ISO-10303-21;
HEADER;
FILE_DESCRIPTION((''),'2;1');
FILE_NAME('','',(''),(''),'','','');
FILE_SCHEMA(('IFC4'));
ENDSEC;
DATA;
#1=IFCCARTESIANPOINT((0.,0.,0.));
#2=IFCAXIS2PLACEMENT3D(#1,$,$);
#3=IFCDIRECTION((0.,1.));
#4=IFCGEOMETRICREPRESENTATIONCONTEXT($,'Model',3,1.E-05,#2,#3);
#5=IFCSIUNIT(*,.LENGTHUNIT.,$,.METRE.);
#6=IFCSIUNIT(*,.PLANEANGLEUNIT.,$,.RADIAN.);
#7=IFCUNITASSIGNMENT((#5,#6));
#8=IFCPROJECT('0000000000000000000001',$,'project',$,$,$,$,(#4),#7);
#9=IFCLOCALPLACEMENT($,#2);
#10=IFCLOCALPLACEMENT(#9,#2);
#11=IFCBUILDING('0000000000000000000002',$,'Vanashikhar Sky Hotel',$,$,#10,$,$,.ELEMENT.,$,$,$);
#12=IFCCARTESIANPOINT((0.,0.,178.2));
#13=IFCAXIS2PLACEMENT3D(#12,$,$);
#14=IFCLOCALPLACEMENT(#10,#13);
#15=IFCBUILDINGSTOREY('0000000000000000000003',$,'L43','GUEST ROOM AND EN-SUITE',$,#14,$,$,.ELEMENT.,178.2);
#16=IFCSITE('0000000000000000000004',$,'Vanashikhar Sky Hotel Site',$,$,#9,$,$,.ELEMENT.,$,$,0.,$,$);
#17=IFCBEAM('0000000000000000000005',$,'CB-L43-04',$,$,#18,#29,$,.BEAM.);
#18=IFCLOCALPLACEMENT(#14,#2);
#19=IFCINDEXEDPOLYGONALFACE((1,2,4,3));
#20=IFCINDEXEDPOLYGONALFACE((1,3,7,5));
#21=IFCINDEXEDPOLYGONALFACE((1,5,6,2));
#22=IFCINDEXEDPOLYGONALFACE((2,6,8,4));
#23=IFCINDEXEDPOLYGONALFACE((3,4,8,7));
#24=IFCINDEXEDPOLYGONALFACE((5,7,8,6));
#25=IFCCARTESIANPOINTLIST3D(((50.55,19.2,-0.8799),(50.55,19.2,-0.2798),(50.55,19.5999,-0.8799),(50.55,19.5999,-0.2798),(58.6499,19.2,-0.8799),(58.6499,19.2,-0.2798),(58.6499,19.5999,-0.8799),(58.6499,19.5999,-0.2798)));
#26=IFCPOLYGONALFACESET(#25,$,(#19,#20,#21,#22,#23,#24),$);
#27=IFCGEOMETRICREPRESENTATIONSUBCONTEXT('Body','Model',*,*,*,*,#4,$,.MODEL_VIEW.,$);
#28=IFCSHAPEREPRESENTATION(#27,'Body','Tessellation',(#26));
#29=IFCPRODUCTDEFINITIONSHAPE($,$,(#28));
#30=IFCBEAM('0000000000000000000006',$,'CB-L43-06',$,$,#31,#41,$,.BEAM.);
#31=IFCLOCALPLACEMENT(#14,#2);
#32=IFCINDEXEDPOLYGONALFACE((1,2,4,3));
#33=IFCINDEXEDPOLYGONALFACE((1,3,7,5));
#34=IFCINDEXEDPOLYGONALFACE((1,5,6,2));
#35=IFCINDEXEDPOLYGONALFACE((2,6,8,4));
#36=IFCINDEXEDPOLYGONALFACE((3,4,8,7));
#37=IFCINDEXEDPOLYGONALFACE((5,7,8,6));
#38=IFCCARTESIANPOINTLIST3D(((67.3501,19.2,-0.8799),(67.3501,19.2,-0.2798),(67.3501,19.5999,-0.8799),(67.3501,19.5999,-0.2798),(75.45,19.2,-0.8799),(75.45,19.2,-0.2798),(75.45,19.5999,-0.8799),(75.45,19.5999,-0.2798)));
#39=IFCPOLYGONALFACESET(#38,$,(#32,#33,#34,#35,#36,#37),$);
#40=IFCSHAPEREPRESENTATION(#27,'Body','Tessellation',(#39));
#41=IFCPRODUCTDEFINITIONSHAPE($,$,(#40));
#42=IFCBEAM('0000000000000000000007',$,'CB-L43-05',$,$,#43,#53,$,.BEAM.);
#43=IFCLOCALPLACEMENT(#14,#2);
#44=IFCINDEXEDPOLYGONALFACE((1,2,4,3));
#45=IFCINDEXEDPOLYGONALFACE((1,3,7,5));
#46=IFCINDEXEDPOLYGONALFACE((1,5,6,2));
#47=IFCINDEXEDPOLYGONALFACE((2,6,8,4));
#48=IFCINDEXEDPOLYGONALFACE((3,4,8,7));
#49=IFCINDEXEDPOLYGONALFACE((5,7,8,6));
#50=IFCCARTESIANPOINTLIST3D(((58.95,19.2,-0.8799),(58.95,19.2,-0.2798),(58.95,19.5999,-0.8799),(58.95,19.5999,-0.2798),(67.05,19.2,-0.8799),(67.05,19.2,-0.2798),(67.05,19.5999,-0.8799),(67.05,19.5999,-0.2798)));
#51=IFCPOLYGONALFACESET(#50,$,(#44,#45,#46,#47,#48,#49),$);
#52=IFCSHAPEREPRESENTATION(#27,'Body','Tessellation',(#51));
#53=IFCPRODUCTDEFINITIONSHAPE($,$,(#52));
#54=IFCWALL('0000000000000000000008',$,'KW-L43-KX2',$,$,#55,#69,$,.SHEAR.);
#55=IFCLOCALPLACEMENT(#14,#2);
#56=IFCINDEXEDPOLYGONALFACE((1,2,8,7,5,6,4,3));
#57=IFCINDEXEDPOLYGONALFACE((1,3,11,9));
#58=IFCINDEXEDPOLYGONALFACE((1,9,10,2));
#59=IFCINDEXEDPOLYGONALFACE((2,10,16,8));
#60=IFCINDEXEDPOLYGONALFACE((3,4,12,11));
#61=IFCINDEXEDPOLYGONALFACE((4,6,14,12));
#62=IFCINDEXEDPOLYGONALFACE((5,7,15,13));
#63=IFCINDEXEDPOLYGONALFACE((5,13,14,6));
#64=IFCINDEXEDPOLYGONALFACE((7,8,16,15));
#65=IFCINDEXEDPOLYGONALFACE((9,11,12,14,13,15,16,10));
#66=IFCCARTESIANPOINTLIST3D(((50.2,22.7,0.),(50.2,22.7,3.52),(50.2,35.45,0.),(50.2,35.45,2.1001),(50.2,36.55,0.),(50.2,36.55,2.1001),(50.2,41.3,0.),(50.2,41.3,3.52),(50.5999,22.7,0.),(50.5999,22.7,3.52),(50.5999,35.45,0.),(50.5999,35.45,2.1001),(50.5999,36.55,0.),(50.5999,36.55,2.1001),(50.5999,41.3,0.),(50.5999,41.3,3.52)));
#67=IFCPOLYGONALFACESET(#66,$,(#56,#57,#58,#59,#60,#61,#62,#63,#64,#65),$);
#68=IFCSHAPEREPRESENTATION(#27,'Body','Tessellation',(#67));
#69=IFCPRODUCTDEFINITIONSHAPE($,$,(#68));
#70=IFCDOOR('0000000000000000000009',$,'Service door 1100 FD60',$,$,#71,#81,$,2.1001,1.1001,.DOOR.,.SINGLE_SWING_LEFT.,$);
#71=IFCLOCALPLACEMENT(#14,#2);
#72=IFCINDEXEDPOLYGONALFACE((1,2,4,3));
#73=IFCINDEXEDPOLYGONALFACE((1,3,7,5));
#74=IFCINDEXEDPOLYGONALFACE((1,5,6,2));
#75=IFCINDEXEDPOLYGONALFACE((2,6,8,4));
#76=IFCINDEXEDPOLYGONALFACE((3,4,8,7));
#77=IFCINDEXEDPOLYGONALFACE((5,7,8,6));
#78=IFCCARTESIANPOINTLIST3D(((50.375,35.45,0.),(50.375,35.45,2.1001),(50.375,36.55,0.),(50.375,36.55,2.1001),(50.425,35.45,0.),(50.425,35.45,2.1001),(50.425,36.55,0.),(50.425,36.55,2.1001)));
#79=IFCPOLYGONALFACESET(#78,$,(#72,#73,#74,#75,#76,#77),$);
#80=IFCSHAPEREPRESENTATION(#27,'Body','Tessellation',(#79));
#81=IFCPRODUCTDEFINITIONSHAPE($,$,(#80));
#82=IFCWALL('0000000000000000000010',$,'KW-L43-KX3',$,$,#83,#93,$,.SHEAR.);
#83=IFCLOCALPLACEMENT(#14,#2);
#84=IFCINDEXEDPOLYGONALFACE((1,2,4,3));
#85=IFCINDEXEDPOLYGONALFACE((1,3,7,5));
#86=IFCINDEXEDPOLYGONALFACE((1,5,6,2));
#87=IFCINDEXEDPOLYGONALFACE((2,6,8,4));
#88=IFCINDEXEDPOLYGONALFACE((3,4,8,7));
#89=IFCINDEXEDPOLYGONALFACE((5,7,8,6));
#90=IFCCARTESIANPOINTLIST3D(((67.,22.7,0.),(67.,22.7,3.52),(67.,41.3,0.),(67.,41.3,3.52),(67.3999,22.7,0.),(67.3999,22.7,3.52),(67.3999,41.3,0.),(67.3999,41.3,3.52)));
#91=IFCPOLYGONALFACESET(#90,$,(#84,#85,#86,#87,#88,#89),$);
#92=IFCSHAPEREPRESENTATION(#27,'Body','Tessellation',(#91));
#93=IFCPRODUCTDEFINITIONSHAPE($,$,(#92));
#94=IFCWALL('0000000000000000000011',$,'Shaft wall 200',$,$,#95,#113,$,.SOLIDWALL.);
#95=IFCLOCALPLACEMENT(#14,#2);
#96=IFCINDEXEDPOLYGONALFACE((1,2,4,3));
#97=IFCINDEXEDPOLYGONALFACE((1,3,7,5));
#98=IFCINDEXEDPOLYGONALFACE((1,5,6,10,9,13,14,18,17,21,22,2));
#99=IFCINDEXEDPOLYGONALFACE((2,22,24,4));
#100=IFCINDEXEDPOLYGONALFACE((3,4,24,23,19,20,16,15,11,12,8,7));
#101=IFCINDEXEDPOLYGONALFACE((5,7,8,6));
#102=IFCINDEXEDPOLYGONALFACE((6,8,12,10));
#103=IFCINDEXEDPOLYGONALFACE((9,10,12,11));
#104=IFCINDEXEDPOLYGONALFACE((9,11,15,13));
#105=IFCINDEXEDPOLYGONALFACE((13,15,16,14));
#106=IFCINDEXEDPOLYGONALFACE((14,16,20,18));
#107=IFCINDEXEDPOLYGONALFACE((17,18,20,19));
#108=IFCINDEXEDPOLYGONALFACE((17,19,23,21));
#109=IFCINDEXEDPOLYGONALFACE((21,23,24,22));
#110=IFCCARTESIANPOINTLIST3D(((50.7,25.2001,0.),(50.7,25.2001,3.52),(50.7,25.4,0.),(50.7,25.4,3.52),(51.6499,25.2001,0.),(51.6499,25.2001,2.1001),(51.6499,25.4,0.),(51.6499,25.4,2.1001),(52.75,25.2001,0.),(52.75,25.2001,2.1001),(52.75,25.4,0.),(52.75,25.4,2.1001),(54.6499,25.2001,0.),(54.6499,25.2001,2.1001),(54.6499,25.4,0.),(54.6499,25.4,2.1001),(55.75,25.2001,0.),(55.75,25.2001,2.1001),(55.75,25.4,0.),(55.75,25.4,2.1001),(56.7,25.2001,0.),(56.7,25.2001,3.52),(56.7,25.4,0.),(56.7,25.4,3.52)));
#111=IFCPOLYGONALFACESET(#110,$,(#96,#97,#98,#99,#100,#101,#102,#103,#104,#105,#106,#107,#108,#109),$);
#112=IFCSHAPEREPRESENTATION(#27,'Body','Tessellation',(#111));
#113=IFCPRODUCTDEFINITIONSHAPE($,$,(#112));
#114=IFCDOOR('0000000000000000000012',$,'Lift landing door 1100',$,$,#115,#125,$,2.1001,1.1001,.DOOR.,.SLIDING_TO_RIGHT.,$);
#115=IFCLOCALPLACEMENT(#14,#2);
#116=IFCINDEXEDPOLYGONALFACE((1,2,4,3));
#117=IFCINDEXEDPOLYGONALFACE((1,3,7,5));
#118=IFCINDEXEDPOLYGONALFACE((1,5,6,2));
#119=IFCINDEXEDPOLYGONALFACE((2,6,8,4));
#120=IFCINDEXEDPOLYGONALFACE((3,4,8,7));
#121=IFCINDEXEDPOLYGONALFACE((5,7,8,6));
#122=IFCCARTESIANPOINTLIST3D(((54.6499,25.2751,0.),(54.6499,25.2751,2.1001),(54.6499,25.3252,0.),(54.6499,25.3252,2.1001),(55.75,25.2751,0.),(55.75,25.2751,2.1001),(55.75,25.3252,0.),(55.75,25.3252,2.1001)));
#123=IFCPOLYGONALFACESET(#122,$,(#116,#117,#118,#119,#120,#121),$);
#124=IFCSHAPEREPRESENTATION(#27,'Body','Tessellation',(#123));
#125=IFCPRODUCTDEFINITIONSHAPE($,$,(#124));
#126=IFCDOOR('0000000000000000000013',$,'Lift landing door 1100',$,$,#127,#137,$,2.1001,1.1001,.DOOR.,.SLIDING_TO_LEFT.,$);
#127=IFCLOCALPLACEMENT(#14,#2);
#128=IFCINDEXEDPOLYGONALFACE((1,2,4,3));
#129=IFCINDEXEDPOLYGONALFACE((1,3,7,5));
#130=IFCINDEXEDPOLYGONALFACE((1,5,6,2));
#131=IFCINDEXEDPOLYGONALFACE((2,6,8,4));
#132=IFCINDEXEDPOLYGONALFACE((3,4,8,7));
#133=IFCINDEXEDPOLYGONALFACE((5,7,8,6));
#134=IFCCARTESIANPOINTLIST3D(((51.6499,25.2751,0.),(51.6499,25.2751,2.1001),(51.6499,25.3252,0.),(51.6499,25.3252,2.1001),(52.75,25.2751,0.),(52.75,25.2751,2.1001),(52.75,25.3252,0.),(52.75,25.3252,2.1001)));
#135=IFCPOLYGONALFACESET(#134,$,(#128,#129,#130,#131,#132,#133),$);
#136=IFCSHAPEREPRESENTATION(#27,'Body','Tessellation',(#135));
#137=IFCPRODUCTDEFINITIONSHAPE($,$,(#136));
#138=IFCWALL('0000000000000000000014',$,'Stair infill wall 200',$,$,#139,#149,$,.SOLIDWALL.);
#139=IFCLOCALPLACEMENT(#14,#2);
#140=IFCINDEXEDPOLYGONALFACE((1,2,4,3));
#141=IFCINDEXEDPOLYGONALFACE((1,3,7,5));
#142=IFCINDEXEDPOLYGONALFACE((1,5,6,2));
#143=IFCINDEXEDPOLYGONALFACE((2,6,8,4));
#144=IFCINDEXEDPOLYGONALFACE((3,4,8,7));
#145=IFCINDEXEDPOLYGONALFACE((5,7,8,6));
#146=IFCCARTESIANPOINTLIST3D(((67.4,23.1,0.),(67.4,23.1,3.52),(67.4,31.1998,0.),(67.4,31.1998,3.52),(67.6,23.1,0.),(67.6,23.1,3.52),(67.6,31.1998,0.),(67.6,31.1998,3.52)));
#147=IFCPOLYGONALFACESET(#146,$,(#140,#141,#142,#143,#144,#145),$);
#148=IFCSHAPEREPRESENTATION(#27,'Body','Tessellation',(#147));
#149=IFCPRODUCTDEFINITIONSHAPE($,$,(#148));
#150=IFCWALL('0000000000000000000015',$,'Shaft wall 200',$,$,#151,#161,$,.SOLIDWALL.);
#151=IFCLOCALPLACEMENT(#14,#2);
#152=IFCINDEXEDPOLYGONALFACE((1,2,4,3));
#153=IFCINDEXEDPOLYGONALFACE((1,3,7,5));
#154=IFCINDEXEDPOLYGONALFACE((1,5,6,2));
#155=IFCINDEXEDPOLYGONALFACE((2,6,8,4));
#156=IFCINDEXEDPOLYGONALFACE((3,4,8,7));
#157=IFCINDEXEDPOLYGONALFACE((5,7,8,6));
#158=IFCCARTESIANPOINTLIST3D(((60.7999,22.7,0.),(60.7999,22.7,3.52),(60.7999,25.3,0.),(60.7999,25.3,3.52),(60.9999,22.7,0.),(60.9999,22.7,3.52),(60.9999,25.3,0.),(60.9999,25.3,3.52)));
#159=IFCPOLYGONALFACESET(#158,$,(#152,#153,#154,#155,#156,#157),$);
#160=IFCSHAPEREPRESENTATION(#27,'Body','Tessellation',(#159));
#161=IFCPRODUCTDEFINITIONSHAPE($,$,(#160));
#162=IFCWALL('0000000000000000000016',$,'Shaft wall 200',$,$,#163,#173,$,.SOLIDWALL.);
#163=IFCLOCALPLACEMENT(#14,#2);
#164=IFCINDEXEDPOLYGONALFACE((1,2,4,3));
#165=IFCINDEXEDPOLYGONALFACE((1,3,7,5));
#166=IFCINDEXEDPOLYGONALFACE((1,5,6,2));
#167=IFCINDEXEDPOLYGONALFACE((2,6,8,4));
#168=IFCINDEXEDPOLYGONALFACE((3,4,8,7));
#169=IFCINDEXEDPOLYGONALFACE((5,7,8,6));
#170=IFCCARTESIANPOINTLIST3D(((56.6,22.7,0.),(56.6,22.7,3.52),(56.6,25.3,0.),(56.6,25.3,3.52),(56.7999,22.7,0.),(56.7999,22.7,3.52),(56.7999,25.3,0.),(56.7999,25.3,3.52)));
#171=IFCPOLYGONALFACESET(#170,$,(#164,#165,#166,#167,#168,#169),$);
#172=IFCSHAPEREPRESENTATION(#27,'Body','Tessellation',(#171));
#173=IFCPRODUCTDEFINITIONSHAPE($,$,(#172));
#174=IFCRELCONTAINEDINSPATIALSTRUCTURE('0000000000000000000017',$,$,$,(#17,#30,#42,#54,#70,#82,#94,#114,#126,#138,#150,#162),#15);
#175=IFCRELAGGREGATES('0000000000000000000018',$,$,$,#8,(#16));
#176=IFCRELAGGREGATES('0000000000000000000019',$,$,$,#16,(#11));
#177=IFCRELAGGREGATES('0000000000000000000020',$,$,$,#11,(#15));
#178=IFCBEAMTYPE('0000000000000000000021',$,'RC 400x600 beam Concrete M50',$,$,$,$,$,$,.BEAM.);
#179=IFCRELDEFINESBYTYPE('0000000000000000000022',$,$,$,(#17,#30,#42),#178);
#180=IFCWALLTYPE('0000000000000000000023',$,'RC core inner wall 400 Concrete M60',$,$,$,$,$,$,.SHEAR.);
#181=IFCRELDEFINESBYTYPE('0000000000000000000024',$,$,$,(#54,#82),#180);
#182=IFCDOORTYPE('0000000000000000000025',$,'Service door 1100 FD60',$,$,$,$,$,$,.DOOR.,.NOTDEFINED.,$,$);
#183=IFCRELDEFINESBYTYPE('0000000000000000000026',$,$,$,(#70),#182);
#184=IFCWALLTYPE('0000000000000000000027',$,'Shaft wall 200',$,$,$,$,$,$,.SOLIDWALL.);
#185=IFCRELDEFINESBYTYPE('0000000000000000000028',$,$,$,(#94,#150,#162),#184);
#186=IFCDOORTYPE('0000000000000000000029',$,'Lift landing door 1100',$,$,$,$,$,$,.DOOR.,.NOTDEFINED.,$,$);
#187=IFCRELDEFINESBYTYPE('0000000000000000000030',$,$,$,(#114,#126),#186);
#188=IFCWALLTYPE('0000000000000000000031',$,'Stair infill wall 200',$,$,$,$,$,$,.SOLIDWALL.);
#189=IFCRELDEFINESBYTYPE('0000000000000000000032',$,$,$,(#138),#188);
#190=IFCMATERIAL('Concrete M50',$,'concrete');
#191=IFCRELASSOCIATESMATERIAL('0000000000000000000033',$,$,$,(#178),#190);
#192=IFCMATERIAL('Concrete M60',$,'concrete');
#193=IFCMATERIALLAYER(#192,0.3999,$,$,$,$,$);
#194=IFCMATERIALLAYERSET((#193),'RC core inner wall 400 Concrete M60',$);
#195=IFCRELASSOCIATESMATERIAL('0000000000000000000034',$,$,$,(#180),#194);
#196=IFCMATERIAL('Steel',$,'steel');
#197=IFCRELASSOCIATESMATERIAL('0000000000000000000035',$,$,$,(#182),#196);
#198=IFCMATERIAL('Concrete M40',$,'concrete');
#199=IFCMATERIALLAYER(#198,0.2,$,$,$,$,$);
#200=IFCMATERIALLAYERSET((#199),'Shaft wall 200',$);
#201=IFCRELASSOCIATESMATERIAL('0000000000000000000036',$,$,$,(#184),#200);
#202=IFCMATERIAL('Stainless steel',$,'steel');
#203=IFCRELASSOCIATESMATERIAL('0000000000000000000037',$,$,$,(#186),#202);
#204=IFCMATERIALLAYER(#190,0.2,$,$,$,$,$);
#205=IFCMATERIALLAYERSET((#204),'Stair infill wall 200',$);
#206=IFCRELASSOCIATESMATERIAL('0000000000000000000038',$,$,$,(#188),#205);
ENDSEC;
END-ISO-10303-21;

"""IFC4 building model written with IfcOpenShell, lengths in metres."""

from ifc_helpers import new_model, si_unit, direction, frame, frame_2d, origin, origin_2d, place, context, subcontext, project, spatial, rectangle, extrude, source, transform, mapped, material, layer, layer_set, material_profile, profile_set, type_object, element, fill, save


model = new_model("IFC4")

# Units and contexts
model_context = context("Model", 3, precision=1e-05, world=origin(), true_north=direction((0.0, 1.0)))
body_context = subcontext(model_context, "Body", "Model", "MODEL_VIEW")
ifc_project = project(units=[si_unit("LENGTHUNIT", "METRE"), si_unit("PLANEANGLEUNIT", "RADIAN")], contexts=[model_context])

# Site, building, storey
site_placement = place(None, origin())
site = spatial("IfcSite", under=ifc_project, at=site_placement, Name="Vanashikhar Sky Hotel Site", CompositionType="ELEMENT", RefElevation=0.0)
building_placement = place(site_placement, origin())
building = spatial("IfcBuilding", under=site, at=building_placement, Name="Vanashikhar Sky Hotel", CompositionType="ELEMENT")
storey_placement = place(building_placement, frame((0.0, 0.0, 178.2)))
storey = spatial("IfcBuildingStorey", under=building, at=storey_placement, Name="L43", Description="GUEST ROOM AND EN-SUITE", CompositionType="ELEMENT", Elevation=178.2)

# Beams
ifc_material_1 = material(Name="Concrete M50", Category="concrete")
ifc_material_profile = material_profile(ifc_material_1, rectangle(XDim=0.3999, YDim=0.6001, at=origin_2d()))
ifc_profile_set = profile_set([ifc_material_profile], Name="RC 400x600 beam Concrete M50")
beam_type = type_object("IfcBeamType", Name="RC 400x600 beam Concrete M50", PredefinedType="BEAM", material=ifc_profile_set)
shared_shape_1 = source(origin(), body_context, "Body", "SweptSolid", [
    extrude(rectangle(XDim=0.3999, YDim=0.6001, at=origin_2d()), origin(), (0.0, 0.0, 1.0), 8.0999),
])
for number, where, z_axis, x_axis, name in (
    (1, (50.55, 19.3999, -0.5798), (1.0, 0.0, 0.0), (0.0, 1.0, 0.0), "CB-L43-04"),
    (2, (67.3501, 19.3999, -0.5798), (1.0, 0.0, 0.0), (0.0, 1.0, 0.0), "CB-L43-06"),
):
    element("IfcBeam", number, at=place(storey_placement, frame(where, z_axis=z_axis, x_axis=x_axis)), inside=storey, type_object=beam_type, Name=name, PredefinedType="BEAM", context=body_context, shape_type="MappedRepresentation", body=[
        mapped(shared_shape_1, transform((0.0, 0.0, 0.0), scale=1.0)),
    ])
shared_shape_2 = source(origin(), body_context, "Body", "SweptSolid", [
    extrude(rectangle(XDim=0.3999, YDim=0.6001, at=origin_2d()), origin(), (0.0, 0.0, 1.0), 8.1001),
])
beam_placement = place(storey_placement, frame((58.95, 19.3999, -0.5798), z_axis=(1.0, 0.0, 0.0), x_axis=(0.0, 1.0, 0.0)))
element("IfcBeam", 3, at=beam_placement, inside=storey, type_object=beam_type, Name="CB-L43-05", PredefinedType="BEAM", context=body_context, shape_type="MappedRepresentation", body=[
    mapped(shared_shape_2, transform((0.0, 0.0, 0.0), scale=1.0)),
])

# Wall, opening, door
ifc_material_2 = material(Name="Concrete M60", Category="concrete")
ifc_layer_1 = layer(ifc_material_2, 0.3999)
ifc_layer_set_1 = layer_set([ifc_layer_1], Name="RC core inner wall 400 Concrete M60")
wall_type_1 = type_object("IfcWallType", Name="RC core inner wall 400 Concrete M60", PredefinedType="SHEAR", material=ifc_layer_set_1)
shared_shape_3 = source(origin(), body_context, "Body", "SweptSolid", [
    extrude(rectangle(XDim=18.6001, YDim=0.3999, at=frame_2d((9.3, 0.0))), origin(), (0.0, 0.0, 1.0), 3.52),
])
wall_1_placement = place(storey_placement, frame((50.3999, 22.7, 0.0), z_axis=(0.0, 0.0, 1.0), x_axis=(0.0, 1.0, 0.0)))
wall_1 = element("IfcWall", 4, at=wall_1_placement, inside=storey, type_object=wall_type_1, Name="KW-L43-KX2", PredefinedType="SHEAR", context=body_context, shape_type="MappedRepresentation", body=[
    mapped(shared_shape_3, transform((0.0, 0.0, 0.0), scale=1.0)),
])
shared_shape_4 = source(origin(), body_context, "Body", "SweptSolid", [
    extrude(rectangle(XDim=1.1001, YDim=2.1001, at=frame_2d((0.55, 1.05))), frame((0.0, 0.21, 0.0), z_axis=(0.0, -1.0, 0.0), x_axis=(1.0, 0.0, 0.0)), (0.0, 0.0, 1.0), 0.4199),
])
opening_1_placement = place(wall_1_placement, frame((12.75, 0.0, 0.0)))
opening_1 = element("IfcOpeningElement", 5, at=opening_1_placement, cuts=wall_1, PredefinedType="OPENING", context=body_context, shape_type="MappedRepresentation", body=[
    mapped(shared_shape_4, transform((0.0, 0.0, 0.0), scale=1.0)),
])
ifc_material_3 = material(Name="Steel", Category="steel")
door_type_1 = type_object("IfcDoorType", Name="Service door 1100 FD60", OperationType="NOTDEFINED", PredefinedType="DOOR", material=ifc_material_3)
shared_shape_5 = source(origin(), body_context, "Body", "SweptSolid", [
    extrude(rectangle(XDim=1.1001, YDim=2.1001, at=frame_2d((0.55, 1.05))), frame((0.0, 0.0249, 0.0), z_axis=(0.0, -1.0, 0.0), x_axis=(1.0, 0.0, 0.0)), (0.0, 0.0, 1.0), 0.05),
])
door_1_placement = place(opening_1_placement, origin())
door_1 = element("IfcDoor", 6, at=door_1_placement, inside=storey, type_object=door_type_1, Name="Service door 1100 FD60", OperationType="SINGLE_SWING_LEFT", OverallHeight=2.1001, OverallWidth=1.1001, PredefinedType="DOOR", context=body_context, shape_type="MappedRepresentation", body=[
    mapped(shared_shape_5, transform((0.0, 0.0, 0.0), scale=1.0)),
])
fill(opening_1, door_1)

# Wall
wall_2_placement = place(storey_placement, frame((67.2, 22.7, 0.0), z_axis=(0.0, 0.0, 1.0), x_axis=(0.0, 1.0, 0.0)))
element("IfcWall", 7, at=wall_2_placement, inside=storey, type_object=wall_type_1, Name="KW-L43-KX3", PredefinedType="SHEAR", context=body_context, shape_type="MappedRepresentation", body=[
    mapped(shared_shape_3, transform((0.0, 0.0, 0.0), scale=1.0)),
])

# Wall, openings, doors
ifc_material_4 = material(Name="Concrete M40", Category="concrete")
ifc_layer_2 = layer(ifc_material_4, 0.2)
ifc_layer_set_2 = layer_set([ifc_layer_2], Name="Shaft wall 200")
wall_type_2 = type_object("IfcWallType", Name="Shaft wall 200", PredefinedType="SOLIDWALL", material=ifc_layer_set_2)
shared_shape_6 = source(origin(), body_context, "Body", "SweptSolid", [
    extrude(rectangle(XDim=6.0, YDim=0.2, at=frame_2d((3.0, 0.0))), origin(), (0.0, 0.0, 1.0), 3.52),
])
wall_3_placement = place(storey_placement, frame((56.7, 25.3, 0.0), z_axis=(0.0, 0.0, 1.0), x_axis=(-1.0, 0.0, 0.0)))
wall_3 = element("IfcWall", 8, at=wall_3_placement, inside=storey, type_object=wall_type_2, Name="Shaft wall 200", PredefinedType="SOLIDWALL", context=body_context, shape_type="MappedRepresentation", body=[
    mapped(shared_shape_6, transform((0.0, 0.0, 0.0), scale=1.0)),
])
shared_shape_7 = source(origin(), body_context, "Body", "SweptSolid", [
    extrude(rectangle(XDim=1.1001, YDim=2.1001, at=frame_2d((0.55, 1.05))), frame((0.0, 0.1099, 0.0), z_axis=(0.0, -1.0, 0.0), x_axis=(1.0, 0.0, 0.0)), (0.0, 0.0, 1.0), 0.22),
])
opening_2_placement = place(wall_3_placement, frame((0.95, 0.0, 0.0)))
opening_2 = element("IfcOpeningElement", 9, at=opening_2_placement, cuts=wall_3, PredefinedType="OPENING", context=body_context, shape_type="MappedRepresentation", body=[
    mapped(shared_shape_7, transform((0.0, 0.0, 0.0), scale=1.0)),
])
opening_3_placement = place(wall_3_placement, frame((3.95, 0.0, 0.0)))
opening_3 = element("IfcOpeningElement", 10, at=opening_3_placement, cuts=wall_3, PredefinedType="OPENING", context=body_context, shape_type="MappedRepresentation", body=[
    mapped(shared_shape_7, transform((0.0, 0.0, 0.0), scale=1.0)),
])
ifc_material_5 = material(Name="Stainless steel", Category="steel")
door_type_2 = type_object("IfcDoorType", Name="Lift landing door 1100", OperationType="NOTDEFINED", PredefinedType="DOOR", material=ifc_material_5)
door_2_placement = place(opening_2_placement, origin())
door_2 = element("IfcDoor", 11, at=door_2_placement, inside=storey, type_object=door_type_2, Name="Lift landing door 1100", OperationType="SLIDING_TO_RIGHT", OverallHeight=2.1001, OverallWidth=1.1001, PredefinedType="DOOR", context=body_context, shape_type="MappedRepresentation", body=[
    mapped(shared_shape_5, transform((0.0, 0.0, 0.0), scale=1.0)),
])
fill(opening_2, door_2)
door_3_placement = place(opening_3_placement, origin())
door_3 = element("IfcDoor", 12, at=door_3_placement, inside=storey, type_object=door_type_2, Name="Lift landing door 1100", OperationType="SLIDING_TO_LEFT", OverallHeight=2.1001, OverallWidth=1.1001, PredefinedType="DOOR", context=body_context, shape_type="MappedRepresentation", body=[
    mapped(shared_shape_5, transform((0.0, 0.0, 0.0), scale=1.0)),
])
fill(opening_3, door_3)

# Walls
ifc_layer_3 = layer(ifc_material_1, 0.2)
ifc_layer_set_3 = layer_set([ifc_layer_3], Name="Stair infill wall 200")
wall_type_3 = type_object("IfcWallType", Name="Stair infill wall 200", PredefinedType="SOLIDWALL", material=ifc_layer_set_3)
shared_shape_8 = source(origin(), body_context, "Body", "SweptSolid", [
    extrude(rectangle(XDim=8.0999, YDim=0.2, at=frame_2d((4.0498, 0.0))), origin(), (0.0, 0.0, 1.0), 3.52),
])
wall_4_placement = place(storey_placement, frame((67.5, 23.1001, 0.0), z_axis=(0.0, 0.0, 1.0), x_axis=(0.0, 1.0, 0.0)))
element("IfcWall", 13, at=wall_4_placement, inside=storey, type_object=wall_type_3, Name="Stair infill wall 200", PredefinedType="SOLIDWALL", context=body_context, shape_type="MappedRepresentation", body=[
    mapped(shared_shape_8, transform((0.0, 0.0, 0.0), scale=1.0)),
])
shared_shape_9 = source(origin(), body_context, "Body", "SweptSolid", [
    extrude(rectangle(XDim=2.6001, YDim=0.2, at=frame_2d((1.3, 0.0))), origin(), (0.0, 0.0, 1.0), 3.52),
])
for number, where, z_axis, x_axis, name in (
    (14, (60.8999, 22.7, 0.0), (0.0, 0.0, 1.0), (0.0, 1.0, 0.0), "Shaft wall 200"),
    (15, (56.7, 22.7, 0.0), (0.0, 0.0, 1.0), (0.0, 1.0, 0.0), "Shaft wall 200"),
):
    element("IfcWall", number, at=place(storey_placement, frame(where, z_axis=z_axis, x_axis=x_axis)), inside=storey, type_object=wall_type_2, Name=name, PredefinedType="SOLIDWALL", context=body_context, shape_type="MappedRepresentation", body=[
        mapped(shared_shape_9, transform((0.0, 0.0, 0.0), scale=1.0)),
    ])

save(model, "model.ifc")
